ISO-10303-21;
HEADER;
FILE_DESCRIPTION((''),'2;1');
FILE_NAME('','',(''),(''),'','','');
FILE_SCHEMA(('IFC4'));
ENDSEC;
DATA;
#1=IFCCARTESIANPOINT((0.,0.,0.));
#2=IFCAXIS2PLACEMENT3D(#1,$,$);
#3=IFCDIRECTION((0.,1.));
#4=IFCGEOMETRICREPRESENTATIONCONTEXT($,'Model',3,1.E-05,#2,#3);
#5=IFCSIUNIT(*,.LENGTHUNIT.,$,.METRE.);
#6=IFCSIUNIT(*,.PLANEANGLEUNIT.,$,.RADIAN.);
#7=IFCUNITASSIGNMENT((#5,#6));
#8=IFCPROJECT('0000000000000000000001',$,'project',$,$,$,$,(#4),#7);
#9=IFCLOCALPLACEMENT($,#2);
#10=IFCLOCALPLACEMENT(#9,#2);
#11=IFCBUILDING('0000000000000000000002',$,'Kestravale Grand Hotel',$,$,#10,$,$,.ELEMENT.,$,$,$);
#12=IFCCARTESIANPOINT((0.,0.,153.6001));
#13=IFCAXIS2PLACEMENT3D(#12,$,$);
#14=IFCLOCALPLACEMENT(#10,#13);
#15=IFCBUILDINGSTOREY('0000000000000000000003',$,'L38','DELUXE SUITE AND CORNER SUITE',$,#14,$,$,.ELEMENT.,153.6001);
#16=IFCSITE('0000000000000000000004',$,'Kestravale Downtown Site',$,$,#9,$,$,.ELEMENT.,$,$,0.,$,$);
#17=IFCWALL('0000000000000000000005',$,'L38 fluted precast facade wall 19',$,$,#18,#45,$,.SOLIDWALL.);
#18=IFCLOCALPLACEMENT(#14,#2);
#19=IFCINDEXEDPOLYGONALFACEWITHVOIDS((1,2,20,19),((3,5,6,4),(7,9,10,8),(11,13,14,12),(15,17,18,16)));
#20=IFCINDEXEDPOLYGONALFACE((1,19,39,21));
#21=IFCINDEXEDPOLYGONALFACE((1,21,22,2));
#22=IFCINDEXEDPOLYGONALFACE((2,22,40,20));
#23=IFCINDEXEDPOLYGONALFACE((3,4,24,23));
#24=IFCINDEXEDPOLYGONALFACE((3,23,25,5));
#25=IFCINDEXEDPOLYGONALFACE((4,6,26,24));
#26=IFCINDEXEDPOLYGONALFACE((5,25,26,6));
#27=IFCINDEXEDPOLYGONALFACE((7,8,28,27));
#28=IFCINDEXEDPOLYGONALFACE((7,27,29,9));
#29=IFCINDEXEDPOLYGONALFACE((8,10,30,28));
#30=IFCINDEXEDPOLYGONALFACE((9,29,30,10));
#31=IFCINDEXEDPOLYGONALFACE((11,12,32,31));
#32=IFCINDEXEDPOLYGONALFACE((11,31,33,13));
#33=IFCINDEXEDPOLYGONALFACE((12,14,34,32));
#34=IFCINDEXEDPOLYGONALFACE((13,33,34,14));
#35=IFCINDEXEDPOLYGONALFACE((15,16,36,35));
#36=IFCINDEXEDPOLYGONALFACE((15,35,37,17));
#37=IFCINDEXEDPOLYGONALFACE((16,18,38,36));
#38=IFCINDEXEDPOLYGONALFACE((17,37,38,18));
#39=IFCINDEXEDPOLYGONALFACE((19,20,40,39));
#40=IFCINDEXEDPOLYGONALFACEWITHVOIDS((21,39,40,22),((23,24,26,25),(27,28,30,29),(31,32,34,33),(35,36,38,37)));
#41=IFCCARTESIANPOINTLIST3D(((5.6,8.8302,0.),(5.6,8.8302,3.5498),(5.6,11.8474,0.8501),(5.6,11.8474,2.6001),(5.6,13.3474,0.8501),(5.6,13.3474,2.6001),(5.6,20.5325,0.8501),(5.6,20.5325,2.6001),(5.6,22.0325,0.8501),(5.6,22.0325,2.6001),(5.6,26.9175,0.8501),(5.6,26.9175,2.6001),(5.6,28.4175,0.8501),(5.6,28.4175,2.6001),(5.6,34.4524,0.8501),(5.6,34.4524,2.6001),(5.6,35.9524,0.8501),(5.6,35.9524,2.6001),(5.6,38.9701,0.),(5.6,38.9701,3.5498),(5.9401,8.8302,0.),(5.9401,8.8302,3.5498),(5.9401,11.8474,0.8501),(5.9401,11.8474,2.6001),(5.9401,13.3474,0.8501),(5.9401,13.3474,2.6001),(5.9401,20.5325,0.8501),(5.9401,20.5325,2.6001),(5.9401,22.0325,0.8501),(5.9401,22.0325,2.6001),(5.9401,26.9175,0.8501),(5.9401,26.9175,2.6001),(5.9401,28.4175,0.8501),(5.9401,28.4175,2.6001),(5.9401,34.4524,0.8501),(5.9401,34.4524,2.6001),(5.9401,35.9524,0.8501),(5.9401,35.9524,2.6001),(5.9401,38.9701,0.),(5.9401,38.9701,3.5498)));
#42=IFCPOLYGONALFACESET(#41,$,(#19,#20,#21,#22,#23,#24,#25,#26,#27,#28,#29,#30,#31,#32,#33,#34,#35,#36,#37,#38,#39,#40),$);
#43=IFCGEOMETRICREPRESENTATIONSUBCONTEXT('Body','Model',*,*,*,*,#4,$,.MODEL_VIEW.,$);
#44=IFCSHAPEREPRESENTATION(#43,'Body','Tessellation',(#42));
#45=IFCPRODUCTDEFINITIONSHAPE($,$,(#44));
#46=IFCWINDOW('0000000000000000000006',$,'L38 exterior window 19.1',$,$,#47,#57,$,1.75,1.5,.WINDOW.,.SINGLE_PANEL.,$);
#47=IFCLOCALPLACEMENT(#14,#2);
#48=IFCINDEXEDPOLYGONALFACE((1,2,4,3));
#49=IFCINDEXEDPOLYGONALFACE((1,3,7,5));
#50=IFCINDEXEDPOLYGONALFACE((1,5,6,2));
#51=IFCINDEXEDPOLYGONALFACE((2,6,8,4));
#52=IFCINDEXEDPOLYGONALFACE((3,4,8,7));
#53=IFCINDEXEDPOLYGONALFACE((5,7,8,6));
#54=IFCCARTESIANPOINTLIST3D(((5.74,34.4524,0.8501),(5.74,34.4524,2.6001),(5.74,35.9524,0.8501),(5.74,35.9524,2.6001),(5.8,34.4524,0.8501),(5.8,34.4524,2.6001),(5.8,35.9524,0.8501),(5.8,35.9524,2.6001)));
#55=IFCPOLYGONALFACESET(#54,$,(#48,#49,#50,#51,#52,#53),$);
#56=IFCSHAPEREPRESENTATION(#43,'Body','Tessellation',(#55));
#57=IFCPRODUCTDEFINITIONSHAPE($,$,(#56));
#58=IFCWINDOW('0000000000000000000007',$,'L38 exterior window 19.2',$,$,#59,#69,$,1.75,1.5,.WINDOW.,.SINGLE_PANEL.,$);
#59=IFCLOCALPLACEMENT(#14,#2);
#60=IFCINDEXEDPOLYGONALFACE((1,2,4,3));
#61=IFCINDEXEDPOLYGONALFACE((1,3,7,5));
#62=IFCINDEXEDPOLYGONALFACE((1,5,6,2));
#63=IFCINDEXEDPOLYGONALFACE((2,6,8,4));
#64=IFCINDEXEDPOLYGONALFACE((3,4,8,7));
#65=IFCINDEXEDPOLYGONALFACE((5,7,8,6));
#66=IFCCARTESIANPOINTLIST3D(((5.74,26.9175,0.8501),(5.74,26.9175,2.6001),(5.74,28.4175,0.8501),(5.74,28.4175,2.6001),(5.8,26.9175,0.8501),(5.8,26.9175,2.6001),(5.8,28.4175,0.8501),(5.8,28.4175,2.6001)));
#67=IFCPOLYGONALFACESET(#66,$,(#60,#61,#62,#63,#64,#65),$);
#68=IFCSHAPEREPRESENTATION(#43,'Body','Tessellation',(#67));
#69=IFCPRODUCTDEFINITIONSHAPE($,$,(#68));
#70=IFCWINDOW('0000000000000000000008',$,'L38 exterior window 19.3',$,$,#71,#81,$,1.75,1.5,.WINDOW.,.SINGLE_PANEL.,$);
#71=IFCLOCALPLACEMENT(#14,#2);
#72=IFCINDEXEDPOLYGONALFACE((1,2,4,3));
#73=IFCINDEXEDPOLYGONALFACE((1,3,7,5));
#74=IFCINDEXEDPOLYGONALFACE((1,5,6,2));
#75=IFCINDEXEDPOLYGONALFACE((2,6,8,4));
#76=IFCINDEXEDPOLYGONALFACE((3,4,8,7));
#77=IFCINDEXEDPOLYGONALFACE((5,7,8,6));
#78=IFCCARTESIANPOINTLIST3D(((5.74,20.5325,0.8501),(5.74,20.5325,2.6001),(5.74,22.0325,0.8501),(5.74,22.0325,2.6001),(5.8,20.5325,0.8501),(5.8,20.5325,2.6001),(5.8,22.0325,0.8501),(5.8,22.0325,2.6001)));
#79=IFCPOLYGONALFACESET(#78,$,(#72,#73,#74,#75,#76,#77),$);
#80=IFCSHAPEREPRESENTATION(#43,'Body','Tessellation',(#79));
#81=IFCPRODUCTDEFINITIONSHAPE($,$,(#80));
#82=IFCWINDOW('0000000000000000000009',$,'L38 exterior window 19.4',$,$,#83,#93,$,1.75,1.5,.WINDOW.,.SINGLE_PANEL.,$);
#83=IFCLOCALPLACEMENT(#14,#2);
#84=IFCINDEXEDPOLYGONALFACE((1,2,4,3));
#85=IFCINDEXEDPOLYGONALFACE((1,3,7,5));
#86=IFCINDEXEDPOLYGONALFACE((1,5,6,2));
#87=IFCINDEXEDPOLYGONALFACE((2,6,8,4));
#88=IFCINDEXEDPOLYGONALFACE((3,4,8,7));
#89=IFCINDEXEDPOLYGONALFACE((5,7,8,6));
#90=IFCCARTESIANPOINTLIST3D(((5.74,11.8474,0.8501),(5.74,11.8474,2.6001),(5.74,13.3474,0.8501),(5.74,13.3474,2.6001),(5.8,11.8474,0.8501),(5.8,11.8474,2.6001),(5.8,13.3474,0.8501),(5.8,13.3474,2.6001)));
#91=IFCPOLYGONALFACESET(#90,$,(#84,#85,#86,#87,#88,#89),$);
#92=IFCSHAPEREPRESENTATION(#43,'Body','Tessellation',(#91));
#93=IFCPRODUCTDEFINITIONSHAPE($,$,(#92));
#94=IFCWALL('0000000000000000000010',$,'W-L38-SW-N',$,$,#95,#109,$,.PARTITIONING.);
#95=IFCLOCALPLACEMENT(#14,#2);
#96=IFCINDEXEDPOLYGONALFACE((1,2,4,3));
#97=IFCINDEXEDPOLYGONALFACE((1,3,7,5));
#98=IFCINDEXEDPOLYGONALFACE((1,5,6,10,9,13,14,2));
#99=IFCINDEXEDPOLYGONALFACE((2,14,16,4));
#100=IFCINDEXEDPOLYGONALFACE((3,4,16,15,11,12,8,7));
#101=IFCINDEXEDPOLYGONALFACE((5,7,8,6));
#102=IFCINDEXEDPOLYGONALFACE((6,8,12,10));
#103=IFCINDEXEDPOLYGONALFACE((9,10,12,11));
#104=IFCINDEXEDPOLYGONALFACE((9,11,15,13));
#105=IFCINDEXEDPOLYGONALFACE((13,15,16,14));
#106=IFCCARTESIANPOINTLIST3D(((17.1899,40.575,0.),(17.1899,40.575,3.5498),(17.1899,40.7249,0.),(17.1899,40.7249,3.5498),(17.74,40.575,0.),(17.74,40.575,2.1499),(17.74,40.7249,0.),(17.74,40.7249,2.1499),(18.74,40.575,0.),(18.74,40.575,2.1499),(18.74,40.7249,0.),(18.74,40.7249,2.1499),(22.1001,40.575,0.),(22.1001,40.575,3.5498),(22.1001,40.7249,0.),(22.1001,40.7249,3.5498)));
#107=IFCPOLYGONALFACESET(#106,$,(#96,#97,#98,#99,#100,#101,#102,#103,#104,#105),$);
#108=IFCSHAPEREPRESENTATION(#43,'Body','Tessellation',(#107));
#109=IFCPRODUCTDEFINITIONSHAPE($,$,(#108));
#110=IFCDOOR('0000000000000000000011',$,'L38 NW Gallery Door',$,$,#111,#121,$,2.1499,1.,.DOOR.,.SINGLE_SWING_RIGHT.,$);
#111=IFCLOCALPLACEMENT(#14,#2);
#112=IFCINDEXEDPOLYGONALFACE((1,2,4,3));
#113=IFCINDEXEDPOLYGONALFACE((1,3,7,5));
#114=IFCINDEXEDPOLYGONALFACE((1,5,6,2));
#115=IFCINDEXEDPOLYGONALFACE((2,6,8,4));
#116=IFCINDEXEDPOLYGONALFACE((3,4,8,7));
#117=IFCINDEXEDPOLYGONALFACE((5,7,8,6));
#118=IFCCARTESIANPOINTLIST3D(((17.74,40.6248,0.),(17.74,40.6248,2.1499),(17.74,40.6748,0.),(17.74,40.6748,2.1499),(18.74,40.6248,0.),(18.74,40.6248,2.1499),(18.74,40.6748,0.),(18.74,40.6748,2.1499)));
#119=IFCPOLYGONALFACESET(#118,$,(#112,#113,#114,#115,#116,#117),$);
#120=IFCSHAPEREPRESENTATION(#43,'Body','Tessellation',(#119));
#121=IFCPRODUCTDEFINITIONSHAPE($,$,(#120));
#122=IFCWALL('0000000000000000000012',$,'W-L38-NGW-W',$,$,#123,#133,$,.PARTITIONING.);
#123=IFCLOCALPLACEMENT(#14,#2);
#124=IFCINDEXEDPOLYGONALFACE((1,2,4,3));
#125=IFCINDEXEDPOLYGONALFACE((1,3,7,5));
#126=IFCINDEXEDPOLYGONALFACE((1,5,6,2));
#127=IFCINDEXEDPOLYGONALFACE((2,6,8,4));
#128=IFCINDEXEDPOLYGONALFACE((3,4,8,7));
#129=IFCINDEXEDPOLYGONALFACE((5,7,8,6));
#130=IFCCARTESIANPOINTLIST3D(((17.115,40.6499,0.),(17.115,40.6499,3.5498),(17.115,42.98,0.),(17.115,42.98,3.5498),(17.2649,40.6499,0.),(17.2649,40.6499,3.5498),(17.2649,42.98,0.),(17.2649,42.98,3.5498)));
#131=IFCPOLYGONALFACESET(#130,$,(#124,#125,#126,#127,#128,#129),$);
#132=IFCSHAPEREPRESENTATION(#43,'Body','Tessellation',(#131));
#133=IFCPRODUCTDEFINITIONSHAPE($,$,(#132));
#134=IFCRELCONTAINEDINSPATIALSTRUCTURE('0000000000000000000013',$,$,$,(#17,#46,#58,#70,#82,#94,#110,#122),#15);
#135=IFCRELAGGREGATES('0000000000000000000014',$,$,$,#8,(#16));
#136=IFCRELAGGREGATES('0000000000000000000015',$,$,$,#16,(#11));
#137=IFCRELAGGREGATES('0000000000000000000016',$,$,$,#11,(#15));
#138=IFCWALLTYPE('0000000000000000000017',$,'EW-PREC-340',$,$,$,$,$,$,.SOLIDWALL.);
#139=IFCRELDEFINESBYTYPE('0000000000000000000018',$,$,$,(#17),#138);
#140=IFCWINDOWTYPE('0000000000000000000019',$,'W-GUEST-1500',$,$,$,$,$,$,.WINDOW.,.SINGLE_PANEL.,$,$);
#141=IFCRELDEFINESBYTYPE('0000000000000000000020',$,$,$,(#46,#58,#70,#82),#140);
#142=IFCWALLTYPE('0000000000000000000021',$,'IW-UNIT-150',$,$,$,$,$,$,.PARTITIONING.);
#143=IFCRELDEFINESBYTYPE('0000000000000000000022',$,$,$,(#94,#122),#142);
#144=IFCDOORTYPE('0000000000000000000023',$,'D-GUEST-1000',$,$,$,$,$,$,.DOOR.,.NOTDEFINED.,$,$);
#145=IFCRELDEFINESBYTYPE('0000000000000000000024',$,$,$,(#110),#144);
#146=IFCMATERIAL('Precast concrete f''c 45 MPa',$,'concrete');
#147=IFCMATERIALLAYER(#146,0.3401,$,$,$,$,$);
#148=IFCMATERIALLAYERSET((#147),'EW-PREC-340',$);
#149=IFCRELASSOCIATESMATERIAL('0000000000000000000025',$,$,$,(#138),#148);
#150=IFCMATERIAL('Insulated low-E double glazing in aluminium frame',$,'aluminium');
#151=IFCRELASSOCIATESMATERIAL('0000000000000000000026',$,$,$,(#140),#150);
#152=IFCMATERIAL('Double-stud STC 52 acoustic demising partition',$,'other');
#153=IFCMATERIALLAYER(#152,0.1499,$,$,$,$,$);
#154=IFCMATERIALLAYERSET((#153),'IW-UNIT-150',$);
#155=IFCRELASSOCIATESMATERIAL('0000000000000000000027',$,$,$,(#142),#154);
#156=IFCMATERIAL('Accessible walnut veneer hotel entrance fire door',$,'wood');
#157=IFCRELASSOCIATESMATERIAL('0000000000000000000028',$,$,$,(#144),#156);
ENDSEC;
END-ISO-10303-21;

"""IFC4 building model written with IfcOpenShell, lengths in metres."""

from ifc_helpers import new_model, si_unit, direction, frame, frame_2d, origin, place, context, subcontext, project, spatial, rectangle, extrude, material, layer, layer_set, type_object, element, fill, save


model = new_model("IFC4")

# Units and contexts
model_context = context("Model", 3, precision=1e-05, world=origin(), true_north=direction((0.0, 1.0)))
body_context = subcontext(model_context, "Body", "Model", "MODEL_VIEW")
ifc_project = project(units=[si_unit("LENGTHUNIT", "METRE"), si_unit("PLANEANGLEUNIT", "RADIAN")], contexts=[model_context])

# Site, building, storey
site_placement = place(None, origin())
site = spatial("IfcSite", under=ifc_project, at=site_placement, Name="Kestravale Downtown Site", CompositionType="ELEMENT", RefElevation=0.0)
building_placement = place(site_placement, origin())
building = spatial("IfcBuilding", under=site, at=building_placement, Name="Kestravale Grand Hotel", CompositionType="ELEMENT")
storey_placement = place(building_placement, frame((0.0, 0.0, 153.6001)))
storey = spatial("IfcBuildingStorey", under=building, at=storey_placement, Name="L38", Description="DELUXE SUITE AND CORNER SUITE", CompositionType="ELEMENT", Elevation=153.6001)

# Wall, openings, windows
ifc_material_1 = material(Name="Precast concrete f'c 45 MPa", Category="concrete")
ifc_layer_1 = layer(ifc_material_1, 0.3401)
ifc_layer_set_1 = layer_set([ifc_layer_1], Name="EW-PREC-340")
wall_type_1 = type_object("IfcWallType", Name="EW-PREC-340", PredefinedType="SOLIDWALL", material=ifc_layer_set_1)
wall_1_placement = place(storey_placement, frame((5.77, 38.97, 0.0), z_axis=(0.0, 0.0, 1.0), x_axis=(0.0, -1.0, 0.0)))
wall_1 = element("IfcWall", 1, at=wall_1_placement, inside=storey, type_object=wall_type_1, Name="L38 fluted precast facade wall 19", PredefinedType="SOLIDWALL", context=body_context, shape_type="SweptSolid", body=[
    extrude(rectangle(XDim=30.1399, YDim=0.3401, at=frame_2d((15.0698, 0.0))), origin(), (0.0, 0.0, 1.0), 3.5498),
])
opening_1_placement = place(wall_1_placement, frame((3.0176, 0.0, 0.8501)))
opening_1 = element("IfcOpeningElement", 2, at=opening_1_placement, cuts=wall_1, PredefinedType="OPENING", context=body_context, shape_type="SweptSolid", body=[
    extrude(rectangle(XDim=1.5, YDim=1.75, at=frame_2d((0.75, 0.875))), frame((0.0, 0.1799, 0.0), z_axis=(0.0, -1.0, 0.0), x_axis=(1.0, 0.0, 0.0)), (0.0, 0.0, 1.0), 0.3601),
])
opening_2_placement = place(wall_1_placement, frame((10.5525, 0.0, 0.8501)))
opening_2 = element("IfcOpeningElement", 3, at=opening_2_placement, cuts=wall_1, PredefinedType="OPENING", context=body_context, shape_type="SweptSolid", body=[
    extrude(rectangle(XDim=1.5, YDim=1.75, at=frame_2d((0.75, 0.875))), frame((0.0, 0.1799, 0.0), z_axis=(0.0, -1.0, 0.0), x_axis=(1.0, 0.0, 0.0)), (0.0, 0.0, 1.0), 0.3601),
])
opening_3_placement = place(wall_1_placement, frame((16.9375, 0.0, 0.8501)))
opening_3 = element("IfcOpeningElement", 4, at=opening_3_placement, cuts=wall_1, PredefinedType="OPENING", context=body_context, shape_type="SweptSolid", body=[
    extrude(rectangle(XDim=1.5, YDim=1.75, at=frame_2d((0.75, 0.875))), frame((0.0, 0.1799, 0.0), z_axis=(0.0, -1.0, 0.0), x_axis=(1.0, 0.0, 0.0)), (0.0, 0.0, 1.0), 0.3601),
])
opening_4_placement = place(wall_1_placement, frame((25.6226, 0.0, 0.8501)))
opening_4 = element("IfcOpeningElement", 5, at=opening_4_placement, cuts=wall_1, PredefinedType="OPENING", context=body_context, shape_type="SweptSolid", body=[
    extrude(rectangle(XDim=1.5, YDim=1.75, at=frame_2d((0.75, 0.875))), frame((0.0, 0.1799, 0.0), z_axis=(0.0, -1.0, 0.0), x_axis=(1.0, 0.0, 0.0)), (0.0, 0.0, 1.0), 0.3601),
])
ifc_material_2 = material(Name="Insulated low-E double glazing in aluminium frame", Category="aluminium")
window_type = type_object("IfcWindowType", Name="W-GUEST-1500", PartitioningType="SINGLE_PANEL", PredefinedType="WINDOW", material=ifc_material_2)
window_1_placement = place(opening_1_placement, origin())
window_1 = element("IfcWindow", 6, at=window_1_placement, inside=storey, type_object=window_type, Name="L38 exterior window 19.1", OverallHeight=1.75, OverallWidth=1.5, PartitioningType="SINGLE_PANEL", PredefinedType="WINDOW", context=body_context, shape_type="SweptSolid", body=[
    extrude(rectangle(XDim=1.5, YDim=1.75, at=frame_2d((0.75, 0.875))), frame((0.0, 0.03, 0.0), z_axis=(0.0, -1.0, 0.0), x_axis=(1.0, 0.0, 0.0)), (0.0, 0.0, 1.0), 0.0601),
])
fill(opening_1, window_1)
window_2_placement = place(opening_2_placement, origin())
window_2 = element("IfcWindow", 7, at=window_2_placement, inside=storey, type_object=window_type, Name="L38 exterior window 19.2", OverallHeight=1.75, OverallWidth=1.5, PartitioningType="SINGLE_PANEL", PredefinedType="WINDOW", context=body_context, shape_type="SweptSolid", body=[
    extrude(rectangle(XDim=1.5, YDim=1.75, at=frame_2d((0.75, 0.875))), frame((0.0, 0.03, 0.0), z_axis=(0.0, -1.0, 0.0), x_axis=(1.0, 0.0, 0.0)), (0.0, 0.0, 1.0), 0.0601),
])
fill(opening_2, window_2)
window_3_placement = place(opening_3_placement, origin())
window_3 = element("IfcWindow", 8, at=window_3_placement, inside=storey, type_object=window_type, Name="L38 exterior window 19.3", OverallHeight=1.75, OverallWidth=1.5, PartitioningType="SINGLE_PANEL", PredefinedType="WINDOW", context=body_context, shape_type="SweptSolid", body=[
    extrude(rectangle(XDim=1.5, YDim=1.75, at=frame_2d((0.75, 0.875))), frame((0.0, 0.03, 0.0), z_axis=(0.0, -1.0, 0.0), x_axis=(1.0, 0.0, 0.0)), (0.0, 0.0, 1.0), 0.0601),
])
fill(opening_3, window_3)
window_4_placement = place(opening_4_placement, origin())
window_4 = element("IfcWindow", 9, at=window_4_placement, inside=storey, type_object=window_type, Name="L38 exterior window 19.4", OverallHeight=1.75, OverallWidth=1.5, PartitioningType="SINGLE_PANEL", PredefinedType="WINDOW", context=body_context, shape_type="SweptSolid", body=[
    extrude(rectangle(XDim=1.5, YDim=1.75, at=frame_2d((0.75, 0.875))), frame((0.0, 0.03, 0.0), z_axis=(0.0, -1.0, 0.0), x_axis=(1.0, 0.0, 0.0)), (0.0, 0.0, 1.0), 0.0601),
])
fill(opening_4, window_4)

# Wall, opening, door
ifc_material_3 = material(Name="Double-stud STC 52 acoustic demising partition", Category="other")
ifc_layer_2 = layer(ifc_material_3, 0.1499)
ifc_layer_set_2 = layer_set([ifc_layer_2], Name="IW-UNIT-150")
wall_type_2 = type_object("IfcWallType", Name="IW-UNIT-150", PredefinedType="PARTITIONING", material=ifc_layer_set_2)
wall_2_placement = place(storey_placement, frame((17.1899, 40.6499, 0.0), z_axis=(0.0, 0.0, 1.0), x_axis=(1.0, 0.0, 0.0)))
wall_2 = element("IfcWall", 10, at=wall_2_placement, inside=storey, type_object=wall_type_2, Name="W-L38-SW-N", PredefinedType="PARTITIONING", context=body_context, shape_type="SweptSolid", body=[
    extrude(rectangle(XDim=4.9102, YDim=0.1499, at=frame_2d((2.4551, 0.0))), origin(), (0.0, 0.0, 1.0), 3.5498),
])
opening_5_placement = place(wall_2_placement, frame((0.55, 0.0, 0.0)))
opening_5 = element("IfcOpeningElement", 11, at=opening_5_placement, cuts=wall_2, PredefinedType="OPENING", context=body_context, shape_type="SweptSolid", body=[
    extrude(rectangle(XDim=1.0, YDim=2.1499, at=frame_2d((0.5, 1.075))), frame((0.0, 0.085, 0.0), z_axis=(0.0, -1.0, 0.0), x_axis=(1.0, 0.0, 0.0)), (0.0, 0.0, 1.0), 0.1699),
])
ifc_material_4 = material(Name="Accessible walnut veneer hotel entrance fire door", Category="wood")
door_type = type_object("IfcDoorType", Name="D-GUEST-1000", OperationType="NOTDEFINED", PredefinedType="DOOR", material=ifc_material_4)
door_placement = place(opening_5_placement, origin())
door = element("IfcDoor", 12, at=door_placement, inside=storey, type_object=door_type, Name="L38 NW Gallery Door", OperationType="SINGLE_SWING_RIGHT", OverallHeight=2.1499, OverallWidth=1.0, PredefinedType="DOOR", context=body_context, shape_type="SweptSolid", body=[
    extrude(rectangle(XDim=1.0, YDim=2.1499, at=frame_2d((0.5, 1.075))), frame((0.0, 0.0249, 0.0), z_axis=(0.0, -1.0, 0.0), x_axis=(1.0, 0.0, 0.0)), (0.0, 0.0, 1.0), 0.05),
])
fill(opening_5, door)

# Wall
wall_3_placement = place(storey_placement, frame((17.1899, 40.6499, 0.0), z_axis=(0.0, 0.0, 1.0), x_axis=(0.0, 1.0, 0.0)))
element("IfcWall", 13, at=wall_3_placement, inside=storey, type_object=wall_type_2, Name="W-L38-NGW-W", PredefinedType="PARTITIONING", context=body_context, shape_type="SweptSolid", body=[
    extrude(rectangle(XDim=2.3301, YDim=0.1499, at=frame_2d((1.165, 0.0))), origin(), (0.0, 0.0, 1.0), 3.5498),
])

save(model, "model.ifc")
